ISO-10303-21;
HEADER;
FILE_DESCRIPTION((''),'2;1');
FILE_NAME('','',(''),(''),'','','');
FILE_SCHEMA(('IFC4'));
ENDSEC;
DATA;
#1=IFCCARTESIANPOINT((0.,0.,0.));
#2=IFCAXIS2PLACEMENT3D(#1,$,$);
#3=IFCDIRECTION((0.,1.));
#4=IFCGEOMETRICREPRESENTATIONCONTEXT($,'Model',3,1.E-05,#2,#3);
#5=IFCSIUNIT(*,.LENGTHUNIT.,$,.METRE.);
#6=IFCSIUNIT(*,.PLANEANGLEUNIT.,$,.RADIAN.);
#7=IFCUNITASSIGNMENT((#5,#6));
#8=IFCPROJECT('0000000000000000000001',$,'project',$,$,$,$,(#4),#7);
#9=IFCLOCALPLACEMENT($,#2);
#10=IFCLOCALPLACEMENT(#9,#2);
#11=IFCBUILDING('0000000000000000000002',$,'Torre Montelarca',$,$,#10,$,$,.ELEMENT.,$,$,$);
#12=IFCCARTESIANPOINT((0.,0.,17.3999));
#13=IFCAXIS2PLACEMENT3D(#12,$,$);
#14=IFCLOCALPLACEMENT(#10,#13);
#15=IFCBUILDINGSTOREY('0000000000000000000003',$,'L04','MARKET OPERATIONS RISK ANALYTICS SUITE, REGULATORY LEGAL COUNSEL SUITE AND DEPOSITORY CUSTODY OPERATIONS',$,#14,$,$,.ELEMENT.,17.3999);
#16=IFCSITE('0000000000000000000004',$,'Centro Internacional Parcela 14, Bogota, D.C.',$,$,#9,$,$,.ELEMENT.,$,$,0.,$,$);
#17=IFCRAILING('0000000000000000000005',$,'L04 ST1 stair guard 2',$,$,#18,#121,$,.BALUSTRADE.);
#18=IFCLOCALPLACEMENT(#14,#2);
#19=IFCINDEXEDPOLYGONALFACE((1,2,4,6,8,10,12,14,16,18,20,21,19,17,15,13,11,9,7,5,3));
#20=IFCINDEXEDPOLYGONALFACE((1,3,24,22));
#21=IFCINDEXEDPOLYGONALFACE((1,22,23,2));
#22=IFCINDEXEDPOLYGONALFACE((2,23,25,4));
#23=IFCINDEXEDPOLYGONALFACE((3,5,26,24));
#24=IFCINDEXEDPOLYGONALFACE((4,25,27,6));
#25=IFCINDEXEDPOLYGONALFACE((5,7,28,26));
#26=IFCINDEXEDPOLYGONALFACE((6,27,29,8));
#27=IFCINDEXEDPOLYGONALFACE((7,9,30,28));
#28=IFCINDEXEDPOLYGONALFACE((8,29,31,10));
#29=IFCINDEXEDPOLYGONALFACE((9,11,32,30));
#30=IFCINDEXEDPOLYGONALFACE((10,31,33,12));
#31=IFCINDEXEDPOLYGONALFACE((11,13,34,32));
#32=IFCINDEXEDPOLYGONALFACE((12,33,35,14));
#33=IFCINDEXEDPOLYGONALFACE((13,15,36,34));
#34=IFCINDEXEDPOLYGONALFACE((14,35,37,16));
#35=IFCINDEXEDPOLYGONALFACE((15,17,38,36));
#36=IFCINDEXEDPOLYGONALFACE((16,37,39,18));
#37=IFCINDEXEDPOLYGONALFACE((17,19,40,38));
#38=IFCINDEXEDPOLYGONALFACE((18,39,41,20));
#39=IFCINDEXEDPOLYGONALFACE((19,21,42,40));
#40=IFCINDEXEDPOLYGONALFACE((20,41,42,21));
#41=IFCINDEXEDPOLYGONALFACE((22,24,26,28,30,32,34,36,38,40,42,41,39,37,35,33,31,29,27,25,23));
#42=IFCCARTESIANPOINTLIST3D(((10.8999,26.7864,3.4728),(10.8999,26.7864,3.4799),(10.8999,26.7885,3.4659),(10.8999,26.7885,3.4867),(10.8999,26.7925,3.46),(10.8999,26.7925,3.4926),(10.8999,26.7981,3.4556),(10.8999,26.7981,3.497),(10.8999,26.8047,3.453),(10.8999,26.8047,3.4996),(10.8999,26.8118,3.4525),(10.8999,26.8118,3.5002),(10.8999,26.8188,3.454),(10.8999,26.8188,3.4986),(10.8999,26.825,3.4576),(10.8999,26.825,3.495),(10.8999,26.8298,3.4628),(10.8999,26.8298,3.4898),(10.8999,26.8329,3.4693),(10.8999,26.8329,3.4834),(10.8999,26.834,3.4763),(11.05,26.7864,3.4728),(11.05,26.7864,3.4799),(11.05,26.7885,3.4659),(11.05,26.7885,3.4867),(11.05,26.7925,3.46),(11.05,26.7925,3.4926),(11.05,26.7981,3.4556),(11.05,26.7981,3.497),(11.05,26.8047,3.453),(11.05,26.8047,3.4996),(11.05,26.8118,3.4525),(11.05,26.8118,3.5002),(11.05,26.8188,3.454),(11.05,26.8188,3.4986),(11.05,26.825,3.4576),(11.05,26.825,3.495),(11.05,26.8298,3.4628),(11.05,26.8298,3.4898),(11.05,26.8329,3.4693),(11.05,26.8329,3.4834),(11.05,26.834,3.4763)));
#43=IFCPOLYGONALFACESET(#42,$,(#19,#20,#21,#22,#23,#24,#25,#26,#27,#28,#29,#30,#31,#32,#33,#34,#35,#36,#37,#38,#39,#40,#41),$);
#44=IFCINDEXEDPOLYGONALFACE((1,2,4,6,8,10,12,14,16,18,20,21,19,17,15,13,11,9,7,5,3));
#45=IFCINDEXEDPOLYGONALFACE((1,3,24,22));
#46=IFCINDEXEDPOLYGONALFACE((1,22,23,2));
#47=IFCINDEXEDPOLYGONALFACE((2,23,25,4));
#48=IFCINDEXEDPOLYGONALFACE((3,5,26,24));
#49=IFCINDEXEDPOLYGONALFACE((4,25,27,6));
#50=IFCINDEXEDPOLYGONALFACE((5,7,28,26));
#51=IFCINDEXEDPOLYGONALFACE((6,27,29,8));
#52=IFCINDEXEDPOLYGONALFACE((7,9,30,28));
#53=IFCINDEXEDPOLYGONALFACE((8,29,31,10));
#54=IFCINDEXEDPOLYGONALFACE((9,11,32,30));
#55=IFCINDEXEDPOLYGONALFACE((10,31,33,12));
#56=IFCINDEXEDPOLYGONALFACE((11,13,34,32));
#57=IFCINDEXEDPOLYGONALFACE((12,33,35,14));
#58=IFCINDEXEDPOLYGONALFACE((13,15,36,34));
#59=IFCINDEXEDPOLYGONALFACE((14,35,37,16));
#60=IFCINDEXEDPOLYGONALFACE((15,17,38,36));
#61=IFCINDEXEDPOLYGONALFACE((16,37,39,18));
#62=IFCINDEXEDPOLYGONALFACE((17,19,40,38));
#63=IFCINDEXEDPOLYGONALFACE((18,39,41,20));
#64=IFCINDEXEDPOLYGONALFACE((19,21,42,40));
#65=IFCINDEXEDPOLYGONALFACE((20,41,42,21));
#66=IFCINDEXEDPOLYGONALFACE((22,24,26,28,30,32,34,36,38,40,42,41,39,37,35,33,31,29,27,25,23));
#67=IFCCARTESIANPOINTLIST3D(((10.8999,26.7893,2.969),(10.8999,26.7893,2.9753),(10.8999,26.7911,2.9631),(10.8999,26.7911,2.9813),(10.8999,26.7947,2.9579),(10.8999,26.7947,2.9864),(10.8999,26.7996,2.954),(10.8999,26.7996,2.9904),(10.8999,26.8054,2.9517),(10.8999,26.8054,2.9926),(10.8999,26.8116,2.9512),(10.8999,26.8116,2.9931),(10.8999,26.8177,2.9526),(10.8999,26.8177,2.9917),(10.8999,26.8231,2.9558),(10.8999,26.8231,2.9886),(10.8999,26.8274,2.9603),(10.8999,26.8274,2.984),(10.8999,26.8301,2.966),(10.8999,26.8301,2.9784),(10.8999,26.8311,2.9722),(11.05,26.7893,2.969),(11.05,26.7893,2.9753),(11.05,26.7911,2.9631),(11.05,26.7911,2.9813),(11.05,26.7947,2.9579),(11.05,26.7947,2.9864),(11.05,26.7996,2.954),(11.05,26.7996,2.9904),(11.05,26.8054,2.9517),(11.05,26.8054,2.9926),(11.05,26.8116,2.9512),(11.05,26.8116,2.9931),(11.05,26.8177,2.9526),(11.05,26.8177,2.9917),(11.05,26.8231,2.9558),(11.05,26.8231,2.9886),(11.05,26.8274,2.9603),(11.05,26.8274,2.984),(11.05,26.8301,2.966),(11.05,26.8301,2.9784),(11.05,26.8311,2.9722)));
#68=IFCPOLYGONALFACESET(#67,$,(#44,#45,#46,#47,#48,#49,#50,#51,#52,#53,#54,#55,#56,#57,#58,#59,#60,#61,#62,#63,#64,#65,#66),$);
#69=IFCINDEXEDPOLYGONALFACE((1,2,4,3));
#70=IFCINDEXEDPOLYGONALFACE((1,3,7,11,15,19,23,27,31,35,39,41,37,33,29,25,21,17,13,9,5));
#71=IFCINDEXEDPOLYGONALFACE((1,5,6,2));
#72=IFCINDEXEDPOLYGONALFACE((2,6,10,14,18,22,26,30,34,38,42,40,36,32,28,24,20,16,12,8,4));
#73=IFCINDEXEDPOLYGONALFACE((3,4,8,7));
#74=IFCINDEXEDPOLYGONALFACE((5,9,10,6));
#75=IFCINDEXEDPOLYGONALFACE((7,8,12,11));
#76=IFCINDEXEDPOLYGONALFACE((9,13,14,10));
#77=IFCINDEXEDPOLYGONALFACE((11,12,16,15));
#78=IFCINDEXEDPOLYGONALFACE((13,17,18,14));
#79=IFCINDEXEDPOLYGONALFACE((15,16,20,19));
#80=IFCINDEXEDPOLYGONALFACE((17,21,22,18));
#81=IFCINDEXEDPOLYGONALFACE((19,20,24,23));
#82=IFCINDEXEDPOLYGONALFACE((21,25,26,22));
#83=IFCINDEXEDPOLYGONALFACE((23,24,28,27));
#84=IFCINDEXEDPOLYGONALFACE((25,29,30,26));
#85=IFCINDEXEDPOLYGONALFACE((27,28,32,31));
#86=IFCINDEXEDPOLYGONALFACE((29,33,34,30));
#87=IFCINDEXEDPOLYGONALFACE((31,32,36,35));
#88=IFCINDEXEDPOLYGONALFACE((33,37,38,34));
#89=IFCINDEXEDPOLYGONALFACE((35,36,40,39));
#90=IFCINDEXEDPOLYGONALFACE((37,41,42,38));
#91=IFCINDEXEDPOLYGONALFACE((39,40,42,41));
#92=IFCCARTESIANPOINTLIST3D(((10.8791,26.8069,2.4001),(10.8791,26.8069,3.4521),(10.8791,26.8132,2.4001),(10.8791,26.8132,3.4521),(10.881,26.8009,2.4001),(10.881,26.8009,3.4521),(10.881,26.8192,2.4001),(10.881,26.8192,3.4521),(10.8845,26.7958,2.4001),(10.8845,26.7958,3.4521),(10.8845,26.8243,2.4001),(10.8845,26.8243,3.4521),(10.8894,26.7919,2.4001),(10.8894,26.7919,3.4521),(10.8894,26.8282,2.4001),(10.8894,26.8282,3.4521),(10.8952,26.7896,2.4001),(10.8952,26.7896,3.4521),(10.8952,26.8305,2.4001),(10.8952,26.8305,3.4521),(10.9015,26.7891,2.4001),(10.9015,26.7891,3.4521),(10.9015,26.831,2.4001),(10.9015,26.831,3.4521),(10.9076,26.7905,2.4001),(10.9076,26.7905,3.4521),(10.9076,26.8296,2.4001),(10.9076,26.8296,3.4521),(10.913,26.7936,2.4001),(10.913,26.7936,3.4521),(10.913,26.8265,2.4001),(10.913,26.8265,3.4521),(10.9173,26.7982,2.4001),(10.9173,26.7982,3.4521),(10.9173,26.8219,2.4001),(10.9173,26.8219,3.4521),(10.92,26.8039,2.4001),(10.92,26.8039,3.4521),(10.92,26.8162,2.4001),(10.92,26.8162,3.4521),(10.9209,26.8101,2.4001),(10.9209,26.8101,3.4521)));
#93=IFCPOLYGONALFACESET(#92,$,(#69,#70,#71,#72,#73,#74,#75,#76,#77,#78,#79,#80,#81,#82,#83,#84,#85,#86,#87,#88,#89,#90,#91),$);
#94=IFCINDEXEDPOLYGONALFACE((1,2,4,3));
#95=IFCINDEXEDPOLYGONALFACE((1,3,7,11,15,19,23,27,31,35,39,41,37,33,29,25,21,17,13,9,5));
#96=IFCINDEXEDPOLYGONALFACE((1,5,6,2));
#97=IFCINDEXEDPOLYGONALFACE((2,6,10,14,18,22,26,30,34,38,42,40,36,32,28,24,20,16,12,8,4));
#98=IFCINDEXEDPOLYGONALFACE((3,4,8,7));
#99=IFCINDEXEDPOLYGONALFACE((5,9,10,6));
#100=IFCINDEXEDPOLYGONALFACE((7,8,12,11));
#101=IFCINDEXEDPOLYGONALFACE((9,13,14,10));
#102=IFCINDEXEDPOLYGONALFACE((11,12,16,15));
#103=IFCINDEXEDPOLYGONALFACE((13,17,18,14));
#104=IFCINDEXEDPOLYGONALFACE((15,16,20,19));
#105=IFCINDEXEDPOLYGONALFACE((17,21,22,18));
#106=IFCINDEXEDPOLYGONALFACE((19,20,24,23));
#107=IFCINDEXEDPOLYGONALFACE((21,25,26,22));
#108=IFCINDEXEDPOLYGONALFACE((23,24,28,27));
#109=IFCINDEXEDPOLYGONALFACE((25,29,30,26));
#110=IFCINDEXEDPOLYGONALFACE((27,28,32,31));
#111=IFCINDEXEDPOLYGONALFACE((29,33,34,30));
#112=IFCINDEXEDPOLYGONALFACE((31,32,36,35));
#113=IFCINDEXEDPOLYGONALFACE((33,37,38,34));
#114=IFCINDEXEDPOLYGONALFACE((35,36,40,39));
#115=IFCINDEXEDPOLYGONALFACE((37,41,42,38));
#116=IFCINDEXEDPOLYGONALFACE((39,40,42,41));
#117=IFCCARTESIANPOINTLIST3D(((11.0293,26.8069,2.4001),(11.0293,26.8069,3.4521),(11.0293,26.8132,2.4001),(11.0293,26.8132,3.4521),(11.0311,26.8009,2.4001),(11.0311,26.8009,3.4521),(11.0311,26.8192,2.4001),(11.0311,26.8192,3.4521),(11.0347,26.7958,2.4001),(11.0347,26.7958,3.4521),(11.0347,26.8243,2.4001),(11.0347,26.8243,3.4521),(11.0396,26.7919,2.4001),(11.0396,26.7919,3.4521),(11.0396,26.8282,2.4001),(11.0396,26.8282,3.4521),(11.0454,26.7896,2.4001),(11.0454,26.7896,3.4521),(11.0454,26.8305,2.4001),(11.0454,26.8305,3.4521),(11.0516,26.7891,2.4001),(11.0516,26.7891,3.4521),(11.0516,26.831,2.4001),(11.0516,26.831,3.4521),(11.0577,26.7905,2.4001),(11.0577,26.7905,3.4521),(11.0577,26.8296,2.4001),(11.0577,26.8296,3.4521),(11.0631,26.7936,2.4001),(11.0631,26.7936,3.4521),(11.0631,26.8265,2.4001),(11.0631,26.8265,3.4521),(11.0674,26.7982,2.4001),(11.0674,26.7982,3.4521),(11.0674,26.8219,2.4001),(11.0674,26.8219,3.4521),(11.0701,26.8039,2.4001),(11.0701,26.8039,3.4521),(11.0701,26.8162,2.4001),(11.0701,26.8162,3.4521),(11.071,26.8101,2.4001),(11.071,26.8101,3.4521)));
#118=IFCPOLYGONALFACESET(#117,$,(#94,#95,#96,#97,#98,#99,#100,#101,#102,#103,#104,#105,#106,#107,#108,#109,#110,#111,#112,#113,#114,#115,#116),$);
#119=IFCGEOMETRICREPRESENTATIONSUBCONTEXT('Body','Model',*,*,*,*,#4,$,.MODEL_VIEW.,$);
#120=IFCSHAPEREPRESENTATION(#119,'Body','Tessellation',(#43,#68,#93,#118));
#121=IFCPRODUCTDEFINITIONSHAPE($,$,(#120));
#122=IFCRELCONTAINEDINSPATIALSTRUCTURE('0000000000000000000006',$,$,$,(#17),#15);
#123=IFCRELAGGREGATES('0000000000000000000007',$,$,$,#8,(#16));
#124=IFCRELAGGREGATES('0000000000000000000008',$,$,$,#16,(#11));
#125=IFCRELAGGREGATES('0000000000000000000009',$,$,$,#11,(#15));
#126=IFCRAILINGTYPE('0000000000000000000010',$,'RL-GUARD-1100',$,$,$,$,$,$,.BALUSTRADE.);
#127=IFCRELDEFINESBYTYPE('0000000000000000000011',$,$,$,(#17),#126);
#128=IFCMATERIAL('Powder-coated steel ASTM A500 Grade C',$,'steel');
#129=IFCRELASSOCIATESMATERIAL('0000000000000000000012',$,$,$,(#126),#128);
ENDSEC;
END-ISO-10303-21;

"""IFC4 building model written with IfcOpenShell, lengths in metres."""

from ifc_helpers import new_model, si_unit, direction, frame, origin, origin_2d, place, context, subcontext, project, spatial, circle, extrude, material, type_object, element, save


model = new_model("IFC4")

# Units and contexts
model_context = context("Model", 3, precision=1e-05, world=origin(), true_north=direction((0.0, 1.0)))
body_context = subcontext(model_context, "Body", "Model", "MODEL_VIEW")
ifc_project = project(units=[si_unit("LENGTHUNIT", "METRE"), si_unit("PLANEANGLEUNIT", "RADIAN")], contexts=[model_context])

# Site, building, storey
site_placement = place(None, origin())
site = spatial("IfcSite", under=ifc_project, at=site_placement, Name="Centro Internacional Parcela 14, Bogota, D.C.", CompositionType="ELEMENT", RefElevation=0.0)
building_placement = place(site_placement, origin())
building = spatial("IfcBuilding", under=site, at=building_placement, Name="Torre Montelarca", CompositionType="ELEMENT")
storey_placement = place(building_placement, frame((0.0, 0.0, 17.3999)))
storey = spatial("IfcBuildingStorey", under=building, at=storey_placement, Name="L04", Description="MARKET OPERATIONS RISK ANALYTICS SUITE, REGULATORY LEGAL COUNSEL SUITE AND DEPOSITORY CUSTODY OPERATIONS", CompositionType="ELEMENT", Elevation=17.3999)

# Railing
ifc_material_1 = material(Name="Powder-coated steel ASTM A500 Grade C", Category="steel")
railing_type = type_object("IfcRailingType", Name="RL-GUARD-1100", PredefinedType="BALUSTRADE", material=ifc_material_1)
railing_1_placement = place(storey_placement, frame((10.8999, 26.8101, 2.4001)))
element("IfcRailing", 1, at=railing_1_placement, inside=storey, type_object=railing_type, Name="L04 ST1 stair guard 2", PredefinedType="BALUSTRADE", context=body_context, shape_type="SweptSolid", body=[
    extrude(circle(Radius=0.0239, at=origin_2d()), frame((0.0, 0.0, 1.0762), z_axis=(1.0, 0.0, 0.0), x_axis=(0.0, 1.0, 0.0)), (0.0, 0.0, 1.0), 0.1501),
    extrude(circle(Radius=0.021, at=origin_2d()), frame((0.0, 0.0, 0.572), z_axis=(1.0, 0.0, 0.0), x_axis=(0.0, 1.0, 0.0)), (0.0, 0.0, 1.0), 0.1501),
    extrude(circle(Radius=0.021, at=origin_2d()), origin(), (0.0, 0.0, 1.0), 1.052),
    extrude(circle(Radius=0.021, at=origin_2d()), frame((0.1501, 0.0, 0.0)), (0.0, 0.0, 1.0), 1.052),
])

save(model, "model.ifc")
